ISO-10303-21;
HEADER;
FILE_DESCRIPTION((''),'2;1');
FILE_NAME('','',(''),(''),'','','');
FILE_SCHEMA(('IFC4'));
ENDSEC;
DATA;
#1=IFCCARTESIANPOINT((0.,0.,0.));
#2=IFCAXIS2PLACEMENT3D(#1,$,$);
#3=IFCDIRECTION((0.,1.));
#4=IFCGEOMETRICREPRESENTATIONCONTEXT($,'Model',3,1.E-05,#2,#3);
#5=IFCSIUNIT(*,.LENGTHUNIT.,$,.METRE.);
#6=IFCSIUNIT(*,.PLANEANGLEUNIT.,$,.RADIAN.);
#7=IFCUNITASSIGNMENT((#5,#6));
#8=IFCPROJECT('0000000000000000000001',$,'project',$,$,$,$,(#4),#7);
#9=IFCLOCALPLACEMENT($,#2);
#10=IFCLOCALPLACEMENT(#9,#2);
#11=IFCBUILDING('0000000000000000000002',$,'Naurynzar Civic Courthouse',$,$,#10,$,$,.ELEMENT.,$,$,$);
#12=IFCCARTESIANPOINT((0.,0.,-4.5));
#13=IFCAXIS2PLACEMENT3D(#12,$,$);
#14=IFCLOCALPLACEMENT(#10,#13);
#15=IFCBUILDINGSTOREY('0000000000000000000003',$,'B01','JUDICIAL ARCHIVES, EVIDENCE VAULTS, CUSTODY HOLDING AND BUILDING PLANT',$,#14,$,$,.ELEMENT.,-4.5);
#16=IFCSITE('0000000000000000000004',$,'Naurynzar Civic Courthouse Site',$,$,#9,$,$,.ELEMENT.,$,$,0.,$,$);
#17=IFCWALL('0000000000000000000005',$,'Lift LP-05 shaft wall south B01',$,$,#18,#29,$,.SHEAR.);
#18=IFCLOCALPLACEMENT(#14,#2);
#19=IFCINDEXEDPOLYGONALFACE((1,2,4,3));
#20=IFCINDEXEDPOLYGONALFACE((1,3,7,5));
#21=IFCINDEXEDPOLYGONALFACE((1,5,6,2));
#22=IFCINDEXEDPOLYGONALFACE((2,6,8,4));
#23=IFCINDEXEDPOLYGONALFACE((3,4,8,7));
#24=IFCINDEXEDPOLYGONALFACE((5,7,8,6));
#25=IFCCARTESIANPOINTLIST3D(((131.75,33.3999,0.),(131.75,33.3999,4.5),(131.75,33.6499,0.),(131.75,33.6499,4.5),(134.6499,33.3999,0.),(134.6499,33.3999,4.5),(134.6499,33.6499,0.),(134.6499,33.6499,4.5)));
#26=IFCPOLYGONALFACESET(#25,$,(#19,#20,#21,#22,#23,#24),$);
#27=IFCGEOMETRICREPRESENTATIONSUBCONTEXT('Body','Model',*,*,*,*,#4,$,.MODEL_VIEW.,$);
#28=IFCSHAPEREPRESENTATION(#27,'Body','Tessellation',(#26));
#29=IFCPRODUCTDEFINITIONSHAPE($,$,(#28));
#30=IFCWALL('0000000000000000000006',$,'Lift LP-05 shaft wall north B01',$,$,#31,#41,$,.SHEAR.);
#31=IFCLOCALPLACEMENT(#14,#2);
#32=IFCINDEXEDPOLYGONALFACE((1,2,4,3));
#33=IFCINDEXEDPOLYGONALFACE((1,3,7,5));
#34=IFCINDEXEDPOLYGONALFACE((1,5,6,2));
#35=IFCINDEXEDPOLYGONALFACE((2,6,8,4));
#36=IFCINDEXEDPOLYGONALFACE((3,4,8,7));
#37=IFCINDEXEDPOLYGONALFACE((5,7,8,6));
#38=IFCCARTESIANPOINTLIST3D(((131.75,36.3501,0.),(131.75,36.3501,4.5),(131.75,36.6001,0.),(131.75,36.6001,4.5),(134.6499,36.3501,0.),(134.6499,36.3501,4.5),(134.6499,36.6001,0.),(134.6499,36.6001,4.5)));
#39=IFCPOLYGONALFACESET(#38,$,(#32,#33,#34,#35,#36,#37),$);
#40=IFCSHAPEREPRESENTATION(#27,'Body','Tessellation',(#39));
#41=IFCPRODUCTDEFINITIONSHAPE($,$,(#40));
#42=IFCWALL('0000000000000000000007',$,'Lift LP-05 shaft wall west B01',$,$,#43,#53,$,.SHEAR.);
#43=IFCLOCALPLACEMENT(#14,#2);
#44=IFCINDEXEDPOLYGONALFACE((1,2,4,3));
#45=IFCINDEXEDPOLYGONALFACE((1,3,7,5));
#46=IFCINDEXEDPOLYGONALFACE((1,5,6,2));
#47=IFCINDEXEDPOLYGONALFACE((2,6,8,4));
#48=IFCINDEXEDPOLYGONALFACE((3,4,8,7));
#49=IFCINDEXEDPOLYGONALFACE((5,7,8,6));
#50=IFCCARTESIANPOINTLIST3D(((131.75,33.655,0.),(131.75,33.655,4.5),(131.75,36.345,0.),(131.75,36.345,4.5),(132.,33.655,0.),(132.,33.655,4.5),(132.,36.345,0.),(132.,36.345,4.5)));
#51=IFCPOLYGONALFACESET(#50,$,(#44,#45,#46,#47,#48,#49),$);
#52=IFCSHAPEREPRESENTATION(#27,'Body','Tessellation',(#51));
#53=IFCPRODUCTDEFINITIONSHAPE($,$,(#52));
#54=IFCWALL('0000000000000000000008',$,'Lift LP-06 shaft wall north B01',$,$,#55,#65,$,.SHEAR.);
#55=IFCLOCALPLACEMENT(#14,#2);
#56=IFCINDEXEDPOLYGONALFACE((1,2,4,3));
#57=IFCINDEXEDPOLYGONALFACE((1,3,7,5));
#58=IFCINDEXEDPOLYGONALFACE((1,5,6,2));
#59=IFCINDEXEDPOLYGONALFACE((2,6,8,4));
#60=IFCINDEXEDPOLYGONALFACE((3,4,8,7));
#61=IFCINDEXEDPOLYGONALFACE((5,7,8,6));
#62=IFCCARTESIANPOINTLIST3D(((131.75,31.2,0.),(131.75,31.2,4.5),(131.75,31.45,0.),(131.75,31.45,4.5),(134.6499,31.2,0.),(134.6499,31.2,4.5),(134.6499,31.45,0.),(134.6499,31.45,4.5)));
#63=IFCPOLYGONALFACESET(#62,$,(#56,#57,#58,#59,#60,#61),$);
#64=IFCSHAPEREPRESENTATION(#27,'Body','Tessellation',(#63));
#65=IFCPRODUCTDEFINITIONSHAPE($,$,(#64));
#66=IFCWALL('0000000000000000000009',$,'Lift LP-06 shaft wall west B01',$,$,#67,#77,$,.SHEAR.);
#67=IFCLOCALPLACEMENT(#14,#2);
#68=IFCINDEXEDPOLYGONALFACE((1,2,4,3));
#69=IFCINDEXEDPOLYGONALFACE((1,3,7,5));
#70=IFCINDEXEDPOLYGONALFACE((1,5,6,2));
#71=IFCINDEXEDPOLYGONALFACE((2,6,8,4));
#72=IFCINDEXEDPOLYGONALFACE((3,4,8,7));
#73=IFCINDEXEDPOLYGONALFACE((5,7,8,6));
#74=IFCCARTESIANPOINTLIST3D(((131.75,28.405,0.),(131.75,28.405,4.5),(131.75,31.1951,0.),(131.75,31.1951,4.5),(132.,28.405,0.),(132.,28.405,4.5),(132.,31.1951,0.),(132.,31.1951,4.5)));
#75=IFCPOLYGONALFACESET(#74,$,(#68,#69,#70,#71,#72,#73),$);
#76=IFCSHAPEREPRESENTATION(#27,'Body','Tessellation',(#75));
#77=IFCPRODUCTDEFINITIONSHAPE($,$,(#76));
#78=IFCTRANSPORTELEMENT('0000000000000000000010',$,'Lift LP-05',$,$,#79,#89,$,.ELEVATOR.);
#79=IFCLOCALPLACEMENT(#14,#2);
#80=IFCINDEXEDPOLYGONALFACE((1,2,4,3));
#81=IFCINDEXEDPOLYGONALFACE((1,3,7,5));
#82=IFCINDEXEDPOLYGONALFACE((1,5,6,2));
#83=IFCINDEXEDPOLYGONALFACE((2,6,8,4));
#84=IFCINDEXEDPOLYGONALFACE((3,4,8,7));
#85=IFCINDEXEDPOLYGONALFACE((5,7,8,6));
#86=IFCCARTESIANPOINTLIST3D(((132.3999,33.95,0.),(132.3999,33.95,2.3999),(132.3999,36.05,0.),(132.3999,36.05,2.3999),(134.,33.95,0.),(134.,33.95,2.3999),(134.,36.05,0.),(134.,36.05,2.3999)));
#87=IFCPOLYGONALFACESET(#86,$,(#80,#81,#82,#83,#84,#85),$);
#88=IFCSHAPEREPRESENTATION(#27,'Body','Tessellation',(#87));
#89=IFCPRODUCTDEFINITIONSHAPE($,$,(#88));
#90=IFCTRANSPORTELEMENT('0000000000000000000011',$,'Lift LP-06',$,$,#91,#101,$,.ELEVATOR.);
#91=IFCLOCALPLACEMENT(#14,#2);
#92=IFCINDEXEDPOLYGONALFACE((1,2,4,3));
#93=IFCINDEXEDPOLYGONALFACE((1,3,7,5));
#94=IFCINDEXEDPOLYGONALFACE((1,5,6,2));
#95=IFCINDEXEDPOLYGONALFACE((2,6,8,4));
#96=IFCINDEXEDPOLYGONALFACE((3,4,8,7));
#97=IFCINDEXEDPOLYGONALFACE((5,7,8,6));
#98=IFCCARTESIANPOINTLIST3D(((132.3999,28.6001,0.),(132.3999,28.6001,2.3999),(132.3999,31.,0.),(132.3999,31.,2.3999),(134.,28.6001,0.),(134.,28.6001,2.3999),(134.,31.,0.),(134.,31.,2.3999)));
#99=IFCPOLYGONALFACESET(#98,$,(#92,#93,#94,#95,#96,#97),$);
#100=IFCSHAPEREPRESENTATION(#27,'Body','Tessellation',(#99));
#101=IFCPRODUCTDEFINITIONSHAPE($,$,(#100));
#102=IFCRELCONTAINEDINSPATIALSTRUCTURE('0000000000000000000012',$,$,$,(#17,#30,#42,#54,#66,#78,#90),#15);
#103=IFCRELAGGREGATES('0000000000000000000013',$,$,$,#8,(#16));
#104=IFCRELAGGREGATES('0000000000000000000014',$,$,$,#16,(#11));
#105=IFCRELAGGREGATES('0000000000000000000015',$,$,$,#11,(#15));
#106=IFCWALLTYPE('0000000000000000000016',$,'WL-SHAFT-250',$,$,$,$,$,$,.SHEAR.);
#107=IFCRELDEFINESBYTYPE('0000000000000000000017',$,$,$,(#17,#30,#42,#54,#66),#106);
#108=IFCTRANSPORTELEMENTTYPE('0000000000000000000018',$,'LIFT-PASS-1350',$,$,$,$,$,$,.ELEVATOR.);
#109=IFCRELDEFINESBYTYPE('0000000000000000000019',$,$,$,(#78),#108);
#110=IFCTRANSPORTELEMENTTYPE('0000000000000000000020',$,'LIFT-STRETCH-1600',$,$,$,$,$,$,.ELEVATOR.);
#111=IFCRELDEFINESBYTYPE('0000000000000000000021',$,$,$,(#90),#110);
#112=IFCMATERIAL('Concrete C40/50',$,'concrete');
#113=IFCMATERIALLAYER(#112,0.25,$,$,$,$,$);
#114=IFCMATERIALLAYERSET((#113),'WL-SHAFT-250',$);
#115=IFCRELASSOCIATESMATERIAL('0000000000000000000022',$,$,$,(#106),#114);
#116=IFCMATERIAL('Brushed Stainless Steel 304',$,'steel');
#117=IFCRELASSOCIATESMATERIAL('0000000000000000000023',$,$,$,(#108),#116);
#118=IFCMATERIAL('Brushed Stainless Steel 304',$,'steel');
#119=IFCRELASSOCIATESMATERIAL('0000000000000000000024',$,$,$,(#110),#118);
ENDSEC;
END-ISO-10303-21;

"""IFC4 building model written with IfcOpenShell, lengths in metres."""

from ifc_helpers import new_model, si_unit, direction, frame, frame_2d, origin, origin_2d, place, context, subcontext, project, spatial, rectangle, extrude, material, layer, layer_set, type_object, element, save


model = new_model("IFC4")

# Units and contexts
model_context = context("Model", 3, precision=1e-05, world=origin(), true_north=direction((0.0, 1.0)))
body_context = subcontext(model_context, "Body", "Model", "MODEL_VIEW")
ifc_project = project(units=[si_unit("LENGTHUNIT", "METRE"), si_unit("PLANEANGLEUNIT", "RADIAN")], contexts=[model_context])

# Site, building, storey
site_placement = place(None, origin())
site = spatial("IfcSite", under=ifc_project, at=site_placement, Name="Naurynzar Civic Courthouse Site", CompositionType="ELEMENT", RefElevation=0.0)
building_placement = place(site_placement, origin())
building = spatial("IfcBuilding", under=site, at=building_placement, Name="Naurynzar Civic Courthouse", CompositionType="ELEMENT")
storey_placement = place(building_placement, frame((0.0, 0.0, -4.5)))
storey = spatial("IfcBuildingStorey", under=building, at=storey_placement, Name="B01", Description="JUDICIAL ARCHIVES, EVIDENCE VAULTS, CUSTODY HOLDING AND BUILDING PLANT", CompositionType="ELEMENT", Elevation=-4.5)

# Walls
ifc_material_1 = material(Name="Concrete C40/50", Category="concrete")
ifc_layer = layer(ifc_material_1, 0.25)
ifc_layer_set = layer_set([ifc_layer], Name="WL-SHAFT-250")
wall_type = type_object("IfcWallType", Name="WL-SHAFT-250", PredefinedType="SHEAR", material=ifc_layer_set)
for number, where, z_axis, x_axis, name in (
    (1, (131.75, 33.5249, 0.0), (0.0, 0.0, 1.0), (1.0, 0.0, 0.0), "Lift LP-05 shaft wall south B01"),
    (2, (134.6499, 36.4751, 0.0), (0.0, 0.0, 1.0), (-1.0, 0.0, 0.0), "Lift LP-05 shaft wall north B01"),
):
    element("IfcWall", number, at=place(storey_placement, frame(where, z_axis=z_axis, x_axis=x_axis)), inside=storey, type_object=wall_type, Name=name, PredefinedType="SHEAR", context=body_context, shape_type="SweptSolid", body=[
        extrude(rectangle(XDim=2.8999, YDim=0.25, at=frame_2d((1.45, 0.0))), origin(), (0.0, 0.0, 1.0), 4.5),
    ])
wall_1_placement = place(storey_placement, frame((131.875, 36.345, 0.0), z_axis=(0.0, 0.0, 1.0), x_axis=(0.0, -1.0, 0.0)))
element("IfcWall", 3, at=wall_1_placement, inside=storey, type_object=wall_type, Name="Lift LP-05 shaft wall west B01", PredefinedType="SHEAR", context=body_context, shape_type="SweptSolid", body=[
    extrude(rectangle(XDim=2.6899, YDim=0.25, at=frame_2d((1.345, 0.0))), origin(), (0.0, 0.0, 1.0), 4.5),
])

# Walls
wall_2_placement = place(storey_placement, frame((134.6499, 31.325, 0.0), z_axis=(0.0, 0.0, 1.0), x_axis=(-1.0, 0.0, 0.0)))
element("IfcWall", 4, at=wall_2_placement, inside=storey, type_object=wall_type, Name="Lift LP-06 shaft wall north B01", PredefinedType="SHEAR", context=body_context, shape_type="SweptSolid", body=[
    extrude(rectangle(XDim=2.8999, YDim=0.25, at=frame_2d((1.45, 0.0))), origin(), (0.0, 0.0, 1.0), 4.5),
])
wall_3_placement = place(storey_placement, frame((131.875, 31.1951, 0.0), z_axis=(0.0, 0.0, 1.0), x_axis=(0.0, -1.0, 0.0)))
element("IfcWall", 5, at=wall_3_placement, inside=storey, type_object=wall_type, Name="Lift LP-06 shaft wall west B01", PredefinedType="SHEAR", context=body_context, shape_type="SweptSolid", body=[
    extrude(rectangle(XDim=2.79, YDim=0.25, at=frame_2d((1.395, 0.0))), origin(), (0.0, 0.0, 1.0), 4.5),
])

# Transport elements
ifc_material_2 = material(Name="Brushed Stainless Steel 304", Category="steel")
transport_element_type_1 = type_object("IfcTransportElementType", Name="LIFT-PASS-1350", PredefinedType="ELEVATOR", material=ifc_material_2)
transport_element_1_placement = place(storey_placement, frame((133.2, 35.0, 0.0), z_axis=(0.0, 0.0, 1.0), x_axis=(1.0, 0.0, 0.0)))
element("IfcTransportElement", 6, at=transport_element_1_placement, inside=storey, type_object=transport_element_type_1, Name="Lift LP-05", PredefinedType="ELEVATOR", context=body_context, shape_type="SweptSolid", body=[
    extrude(rectangle(XDim=1.6001, YDim=2.1001, at=origin_2d()), origin(), (0.0, 0.0, 1.0), 2.3999),
])
ifc_material_3 = material(Name="Brushed Stainless Steel 304", Category="steel")
transport_element_type_2 = type_object("IfcTransportElementType", Name="LIFT-STRETCH-1600", PredefinedType="ELEVATOR", material=ifc_material_3)
transport_element_2_placement = place(storey_placement, frame((133.2, 29.8, 0.0), z_axis=(0.0, 0.0, 1.0), x_axis=(1.0, 0.0, 0.0)))
element("IfcTransportElement", 7, at=transport_element_2_placement, inside=storey, type_object=transport_element_type_2, Name="Lift LP-06", PredefinedType="ELEVATOR", context=body_context, shape_type="SweptSolid", body=[
    extrude(rectangle(XDim=1.6001, YDim=2.3999, at=origin_2d()), origin(), (0.0, 0.0, 1.0), 2.3999),
])

save(model, "model.ifc")
